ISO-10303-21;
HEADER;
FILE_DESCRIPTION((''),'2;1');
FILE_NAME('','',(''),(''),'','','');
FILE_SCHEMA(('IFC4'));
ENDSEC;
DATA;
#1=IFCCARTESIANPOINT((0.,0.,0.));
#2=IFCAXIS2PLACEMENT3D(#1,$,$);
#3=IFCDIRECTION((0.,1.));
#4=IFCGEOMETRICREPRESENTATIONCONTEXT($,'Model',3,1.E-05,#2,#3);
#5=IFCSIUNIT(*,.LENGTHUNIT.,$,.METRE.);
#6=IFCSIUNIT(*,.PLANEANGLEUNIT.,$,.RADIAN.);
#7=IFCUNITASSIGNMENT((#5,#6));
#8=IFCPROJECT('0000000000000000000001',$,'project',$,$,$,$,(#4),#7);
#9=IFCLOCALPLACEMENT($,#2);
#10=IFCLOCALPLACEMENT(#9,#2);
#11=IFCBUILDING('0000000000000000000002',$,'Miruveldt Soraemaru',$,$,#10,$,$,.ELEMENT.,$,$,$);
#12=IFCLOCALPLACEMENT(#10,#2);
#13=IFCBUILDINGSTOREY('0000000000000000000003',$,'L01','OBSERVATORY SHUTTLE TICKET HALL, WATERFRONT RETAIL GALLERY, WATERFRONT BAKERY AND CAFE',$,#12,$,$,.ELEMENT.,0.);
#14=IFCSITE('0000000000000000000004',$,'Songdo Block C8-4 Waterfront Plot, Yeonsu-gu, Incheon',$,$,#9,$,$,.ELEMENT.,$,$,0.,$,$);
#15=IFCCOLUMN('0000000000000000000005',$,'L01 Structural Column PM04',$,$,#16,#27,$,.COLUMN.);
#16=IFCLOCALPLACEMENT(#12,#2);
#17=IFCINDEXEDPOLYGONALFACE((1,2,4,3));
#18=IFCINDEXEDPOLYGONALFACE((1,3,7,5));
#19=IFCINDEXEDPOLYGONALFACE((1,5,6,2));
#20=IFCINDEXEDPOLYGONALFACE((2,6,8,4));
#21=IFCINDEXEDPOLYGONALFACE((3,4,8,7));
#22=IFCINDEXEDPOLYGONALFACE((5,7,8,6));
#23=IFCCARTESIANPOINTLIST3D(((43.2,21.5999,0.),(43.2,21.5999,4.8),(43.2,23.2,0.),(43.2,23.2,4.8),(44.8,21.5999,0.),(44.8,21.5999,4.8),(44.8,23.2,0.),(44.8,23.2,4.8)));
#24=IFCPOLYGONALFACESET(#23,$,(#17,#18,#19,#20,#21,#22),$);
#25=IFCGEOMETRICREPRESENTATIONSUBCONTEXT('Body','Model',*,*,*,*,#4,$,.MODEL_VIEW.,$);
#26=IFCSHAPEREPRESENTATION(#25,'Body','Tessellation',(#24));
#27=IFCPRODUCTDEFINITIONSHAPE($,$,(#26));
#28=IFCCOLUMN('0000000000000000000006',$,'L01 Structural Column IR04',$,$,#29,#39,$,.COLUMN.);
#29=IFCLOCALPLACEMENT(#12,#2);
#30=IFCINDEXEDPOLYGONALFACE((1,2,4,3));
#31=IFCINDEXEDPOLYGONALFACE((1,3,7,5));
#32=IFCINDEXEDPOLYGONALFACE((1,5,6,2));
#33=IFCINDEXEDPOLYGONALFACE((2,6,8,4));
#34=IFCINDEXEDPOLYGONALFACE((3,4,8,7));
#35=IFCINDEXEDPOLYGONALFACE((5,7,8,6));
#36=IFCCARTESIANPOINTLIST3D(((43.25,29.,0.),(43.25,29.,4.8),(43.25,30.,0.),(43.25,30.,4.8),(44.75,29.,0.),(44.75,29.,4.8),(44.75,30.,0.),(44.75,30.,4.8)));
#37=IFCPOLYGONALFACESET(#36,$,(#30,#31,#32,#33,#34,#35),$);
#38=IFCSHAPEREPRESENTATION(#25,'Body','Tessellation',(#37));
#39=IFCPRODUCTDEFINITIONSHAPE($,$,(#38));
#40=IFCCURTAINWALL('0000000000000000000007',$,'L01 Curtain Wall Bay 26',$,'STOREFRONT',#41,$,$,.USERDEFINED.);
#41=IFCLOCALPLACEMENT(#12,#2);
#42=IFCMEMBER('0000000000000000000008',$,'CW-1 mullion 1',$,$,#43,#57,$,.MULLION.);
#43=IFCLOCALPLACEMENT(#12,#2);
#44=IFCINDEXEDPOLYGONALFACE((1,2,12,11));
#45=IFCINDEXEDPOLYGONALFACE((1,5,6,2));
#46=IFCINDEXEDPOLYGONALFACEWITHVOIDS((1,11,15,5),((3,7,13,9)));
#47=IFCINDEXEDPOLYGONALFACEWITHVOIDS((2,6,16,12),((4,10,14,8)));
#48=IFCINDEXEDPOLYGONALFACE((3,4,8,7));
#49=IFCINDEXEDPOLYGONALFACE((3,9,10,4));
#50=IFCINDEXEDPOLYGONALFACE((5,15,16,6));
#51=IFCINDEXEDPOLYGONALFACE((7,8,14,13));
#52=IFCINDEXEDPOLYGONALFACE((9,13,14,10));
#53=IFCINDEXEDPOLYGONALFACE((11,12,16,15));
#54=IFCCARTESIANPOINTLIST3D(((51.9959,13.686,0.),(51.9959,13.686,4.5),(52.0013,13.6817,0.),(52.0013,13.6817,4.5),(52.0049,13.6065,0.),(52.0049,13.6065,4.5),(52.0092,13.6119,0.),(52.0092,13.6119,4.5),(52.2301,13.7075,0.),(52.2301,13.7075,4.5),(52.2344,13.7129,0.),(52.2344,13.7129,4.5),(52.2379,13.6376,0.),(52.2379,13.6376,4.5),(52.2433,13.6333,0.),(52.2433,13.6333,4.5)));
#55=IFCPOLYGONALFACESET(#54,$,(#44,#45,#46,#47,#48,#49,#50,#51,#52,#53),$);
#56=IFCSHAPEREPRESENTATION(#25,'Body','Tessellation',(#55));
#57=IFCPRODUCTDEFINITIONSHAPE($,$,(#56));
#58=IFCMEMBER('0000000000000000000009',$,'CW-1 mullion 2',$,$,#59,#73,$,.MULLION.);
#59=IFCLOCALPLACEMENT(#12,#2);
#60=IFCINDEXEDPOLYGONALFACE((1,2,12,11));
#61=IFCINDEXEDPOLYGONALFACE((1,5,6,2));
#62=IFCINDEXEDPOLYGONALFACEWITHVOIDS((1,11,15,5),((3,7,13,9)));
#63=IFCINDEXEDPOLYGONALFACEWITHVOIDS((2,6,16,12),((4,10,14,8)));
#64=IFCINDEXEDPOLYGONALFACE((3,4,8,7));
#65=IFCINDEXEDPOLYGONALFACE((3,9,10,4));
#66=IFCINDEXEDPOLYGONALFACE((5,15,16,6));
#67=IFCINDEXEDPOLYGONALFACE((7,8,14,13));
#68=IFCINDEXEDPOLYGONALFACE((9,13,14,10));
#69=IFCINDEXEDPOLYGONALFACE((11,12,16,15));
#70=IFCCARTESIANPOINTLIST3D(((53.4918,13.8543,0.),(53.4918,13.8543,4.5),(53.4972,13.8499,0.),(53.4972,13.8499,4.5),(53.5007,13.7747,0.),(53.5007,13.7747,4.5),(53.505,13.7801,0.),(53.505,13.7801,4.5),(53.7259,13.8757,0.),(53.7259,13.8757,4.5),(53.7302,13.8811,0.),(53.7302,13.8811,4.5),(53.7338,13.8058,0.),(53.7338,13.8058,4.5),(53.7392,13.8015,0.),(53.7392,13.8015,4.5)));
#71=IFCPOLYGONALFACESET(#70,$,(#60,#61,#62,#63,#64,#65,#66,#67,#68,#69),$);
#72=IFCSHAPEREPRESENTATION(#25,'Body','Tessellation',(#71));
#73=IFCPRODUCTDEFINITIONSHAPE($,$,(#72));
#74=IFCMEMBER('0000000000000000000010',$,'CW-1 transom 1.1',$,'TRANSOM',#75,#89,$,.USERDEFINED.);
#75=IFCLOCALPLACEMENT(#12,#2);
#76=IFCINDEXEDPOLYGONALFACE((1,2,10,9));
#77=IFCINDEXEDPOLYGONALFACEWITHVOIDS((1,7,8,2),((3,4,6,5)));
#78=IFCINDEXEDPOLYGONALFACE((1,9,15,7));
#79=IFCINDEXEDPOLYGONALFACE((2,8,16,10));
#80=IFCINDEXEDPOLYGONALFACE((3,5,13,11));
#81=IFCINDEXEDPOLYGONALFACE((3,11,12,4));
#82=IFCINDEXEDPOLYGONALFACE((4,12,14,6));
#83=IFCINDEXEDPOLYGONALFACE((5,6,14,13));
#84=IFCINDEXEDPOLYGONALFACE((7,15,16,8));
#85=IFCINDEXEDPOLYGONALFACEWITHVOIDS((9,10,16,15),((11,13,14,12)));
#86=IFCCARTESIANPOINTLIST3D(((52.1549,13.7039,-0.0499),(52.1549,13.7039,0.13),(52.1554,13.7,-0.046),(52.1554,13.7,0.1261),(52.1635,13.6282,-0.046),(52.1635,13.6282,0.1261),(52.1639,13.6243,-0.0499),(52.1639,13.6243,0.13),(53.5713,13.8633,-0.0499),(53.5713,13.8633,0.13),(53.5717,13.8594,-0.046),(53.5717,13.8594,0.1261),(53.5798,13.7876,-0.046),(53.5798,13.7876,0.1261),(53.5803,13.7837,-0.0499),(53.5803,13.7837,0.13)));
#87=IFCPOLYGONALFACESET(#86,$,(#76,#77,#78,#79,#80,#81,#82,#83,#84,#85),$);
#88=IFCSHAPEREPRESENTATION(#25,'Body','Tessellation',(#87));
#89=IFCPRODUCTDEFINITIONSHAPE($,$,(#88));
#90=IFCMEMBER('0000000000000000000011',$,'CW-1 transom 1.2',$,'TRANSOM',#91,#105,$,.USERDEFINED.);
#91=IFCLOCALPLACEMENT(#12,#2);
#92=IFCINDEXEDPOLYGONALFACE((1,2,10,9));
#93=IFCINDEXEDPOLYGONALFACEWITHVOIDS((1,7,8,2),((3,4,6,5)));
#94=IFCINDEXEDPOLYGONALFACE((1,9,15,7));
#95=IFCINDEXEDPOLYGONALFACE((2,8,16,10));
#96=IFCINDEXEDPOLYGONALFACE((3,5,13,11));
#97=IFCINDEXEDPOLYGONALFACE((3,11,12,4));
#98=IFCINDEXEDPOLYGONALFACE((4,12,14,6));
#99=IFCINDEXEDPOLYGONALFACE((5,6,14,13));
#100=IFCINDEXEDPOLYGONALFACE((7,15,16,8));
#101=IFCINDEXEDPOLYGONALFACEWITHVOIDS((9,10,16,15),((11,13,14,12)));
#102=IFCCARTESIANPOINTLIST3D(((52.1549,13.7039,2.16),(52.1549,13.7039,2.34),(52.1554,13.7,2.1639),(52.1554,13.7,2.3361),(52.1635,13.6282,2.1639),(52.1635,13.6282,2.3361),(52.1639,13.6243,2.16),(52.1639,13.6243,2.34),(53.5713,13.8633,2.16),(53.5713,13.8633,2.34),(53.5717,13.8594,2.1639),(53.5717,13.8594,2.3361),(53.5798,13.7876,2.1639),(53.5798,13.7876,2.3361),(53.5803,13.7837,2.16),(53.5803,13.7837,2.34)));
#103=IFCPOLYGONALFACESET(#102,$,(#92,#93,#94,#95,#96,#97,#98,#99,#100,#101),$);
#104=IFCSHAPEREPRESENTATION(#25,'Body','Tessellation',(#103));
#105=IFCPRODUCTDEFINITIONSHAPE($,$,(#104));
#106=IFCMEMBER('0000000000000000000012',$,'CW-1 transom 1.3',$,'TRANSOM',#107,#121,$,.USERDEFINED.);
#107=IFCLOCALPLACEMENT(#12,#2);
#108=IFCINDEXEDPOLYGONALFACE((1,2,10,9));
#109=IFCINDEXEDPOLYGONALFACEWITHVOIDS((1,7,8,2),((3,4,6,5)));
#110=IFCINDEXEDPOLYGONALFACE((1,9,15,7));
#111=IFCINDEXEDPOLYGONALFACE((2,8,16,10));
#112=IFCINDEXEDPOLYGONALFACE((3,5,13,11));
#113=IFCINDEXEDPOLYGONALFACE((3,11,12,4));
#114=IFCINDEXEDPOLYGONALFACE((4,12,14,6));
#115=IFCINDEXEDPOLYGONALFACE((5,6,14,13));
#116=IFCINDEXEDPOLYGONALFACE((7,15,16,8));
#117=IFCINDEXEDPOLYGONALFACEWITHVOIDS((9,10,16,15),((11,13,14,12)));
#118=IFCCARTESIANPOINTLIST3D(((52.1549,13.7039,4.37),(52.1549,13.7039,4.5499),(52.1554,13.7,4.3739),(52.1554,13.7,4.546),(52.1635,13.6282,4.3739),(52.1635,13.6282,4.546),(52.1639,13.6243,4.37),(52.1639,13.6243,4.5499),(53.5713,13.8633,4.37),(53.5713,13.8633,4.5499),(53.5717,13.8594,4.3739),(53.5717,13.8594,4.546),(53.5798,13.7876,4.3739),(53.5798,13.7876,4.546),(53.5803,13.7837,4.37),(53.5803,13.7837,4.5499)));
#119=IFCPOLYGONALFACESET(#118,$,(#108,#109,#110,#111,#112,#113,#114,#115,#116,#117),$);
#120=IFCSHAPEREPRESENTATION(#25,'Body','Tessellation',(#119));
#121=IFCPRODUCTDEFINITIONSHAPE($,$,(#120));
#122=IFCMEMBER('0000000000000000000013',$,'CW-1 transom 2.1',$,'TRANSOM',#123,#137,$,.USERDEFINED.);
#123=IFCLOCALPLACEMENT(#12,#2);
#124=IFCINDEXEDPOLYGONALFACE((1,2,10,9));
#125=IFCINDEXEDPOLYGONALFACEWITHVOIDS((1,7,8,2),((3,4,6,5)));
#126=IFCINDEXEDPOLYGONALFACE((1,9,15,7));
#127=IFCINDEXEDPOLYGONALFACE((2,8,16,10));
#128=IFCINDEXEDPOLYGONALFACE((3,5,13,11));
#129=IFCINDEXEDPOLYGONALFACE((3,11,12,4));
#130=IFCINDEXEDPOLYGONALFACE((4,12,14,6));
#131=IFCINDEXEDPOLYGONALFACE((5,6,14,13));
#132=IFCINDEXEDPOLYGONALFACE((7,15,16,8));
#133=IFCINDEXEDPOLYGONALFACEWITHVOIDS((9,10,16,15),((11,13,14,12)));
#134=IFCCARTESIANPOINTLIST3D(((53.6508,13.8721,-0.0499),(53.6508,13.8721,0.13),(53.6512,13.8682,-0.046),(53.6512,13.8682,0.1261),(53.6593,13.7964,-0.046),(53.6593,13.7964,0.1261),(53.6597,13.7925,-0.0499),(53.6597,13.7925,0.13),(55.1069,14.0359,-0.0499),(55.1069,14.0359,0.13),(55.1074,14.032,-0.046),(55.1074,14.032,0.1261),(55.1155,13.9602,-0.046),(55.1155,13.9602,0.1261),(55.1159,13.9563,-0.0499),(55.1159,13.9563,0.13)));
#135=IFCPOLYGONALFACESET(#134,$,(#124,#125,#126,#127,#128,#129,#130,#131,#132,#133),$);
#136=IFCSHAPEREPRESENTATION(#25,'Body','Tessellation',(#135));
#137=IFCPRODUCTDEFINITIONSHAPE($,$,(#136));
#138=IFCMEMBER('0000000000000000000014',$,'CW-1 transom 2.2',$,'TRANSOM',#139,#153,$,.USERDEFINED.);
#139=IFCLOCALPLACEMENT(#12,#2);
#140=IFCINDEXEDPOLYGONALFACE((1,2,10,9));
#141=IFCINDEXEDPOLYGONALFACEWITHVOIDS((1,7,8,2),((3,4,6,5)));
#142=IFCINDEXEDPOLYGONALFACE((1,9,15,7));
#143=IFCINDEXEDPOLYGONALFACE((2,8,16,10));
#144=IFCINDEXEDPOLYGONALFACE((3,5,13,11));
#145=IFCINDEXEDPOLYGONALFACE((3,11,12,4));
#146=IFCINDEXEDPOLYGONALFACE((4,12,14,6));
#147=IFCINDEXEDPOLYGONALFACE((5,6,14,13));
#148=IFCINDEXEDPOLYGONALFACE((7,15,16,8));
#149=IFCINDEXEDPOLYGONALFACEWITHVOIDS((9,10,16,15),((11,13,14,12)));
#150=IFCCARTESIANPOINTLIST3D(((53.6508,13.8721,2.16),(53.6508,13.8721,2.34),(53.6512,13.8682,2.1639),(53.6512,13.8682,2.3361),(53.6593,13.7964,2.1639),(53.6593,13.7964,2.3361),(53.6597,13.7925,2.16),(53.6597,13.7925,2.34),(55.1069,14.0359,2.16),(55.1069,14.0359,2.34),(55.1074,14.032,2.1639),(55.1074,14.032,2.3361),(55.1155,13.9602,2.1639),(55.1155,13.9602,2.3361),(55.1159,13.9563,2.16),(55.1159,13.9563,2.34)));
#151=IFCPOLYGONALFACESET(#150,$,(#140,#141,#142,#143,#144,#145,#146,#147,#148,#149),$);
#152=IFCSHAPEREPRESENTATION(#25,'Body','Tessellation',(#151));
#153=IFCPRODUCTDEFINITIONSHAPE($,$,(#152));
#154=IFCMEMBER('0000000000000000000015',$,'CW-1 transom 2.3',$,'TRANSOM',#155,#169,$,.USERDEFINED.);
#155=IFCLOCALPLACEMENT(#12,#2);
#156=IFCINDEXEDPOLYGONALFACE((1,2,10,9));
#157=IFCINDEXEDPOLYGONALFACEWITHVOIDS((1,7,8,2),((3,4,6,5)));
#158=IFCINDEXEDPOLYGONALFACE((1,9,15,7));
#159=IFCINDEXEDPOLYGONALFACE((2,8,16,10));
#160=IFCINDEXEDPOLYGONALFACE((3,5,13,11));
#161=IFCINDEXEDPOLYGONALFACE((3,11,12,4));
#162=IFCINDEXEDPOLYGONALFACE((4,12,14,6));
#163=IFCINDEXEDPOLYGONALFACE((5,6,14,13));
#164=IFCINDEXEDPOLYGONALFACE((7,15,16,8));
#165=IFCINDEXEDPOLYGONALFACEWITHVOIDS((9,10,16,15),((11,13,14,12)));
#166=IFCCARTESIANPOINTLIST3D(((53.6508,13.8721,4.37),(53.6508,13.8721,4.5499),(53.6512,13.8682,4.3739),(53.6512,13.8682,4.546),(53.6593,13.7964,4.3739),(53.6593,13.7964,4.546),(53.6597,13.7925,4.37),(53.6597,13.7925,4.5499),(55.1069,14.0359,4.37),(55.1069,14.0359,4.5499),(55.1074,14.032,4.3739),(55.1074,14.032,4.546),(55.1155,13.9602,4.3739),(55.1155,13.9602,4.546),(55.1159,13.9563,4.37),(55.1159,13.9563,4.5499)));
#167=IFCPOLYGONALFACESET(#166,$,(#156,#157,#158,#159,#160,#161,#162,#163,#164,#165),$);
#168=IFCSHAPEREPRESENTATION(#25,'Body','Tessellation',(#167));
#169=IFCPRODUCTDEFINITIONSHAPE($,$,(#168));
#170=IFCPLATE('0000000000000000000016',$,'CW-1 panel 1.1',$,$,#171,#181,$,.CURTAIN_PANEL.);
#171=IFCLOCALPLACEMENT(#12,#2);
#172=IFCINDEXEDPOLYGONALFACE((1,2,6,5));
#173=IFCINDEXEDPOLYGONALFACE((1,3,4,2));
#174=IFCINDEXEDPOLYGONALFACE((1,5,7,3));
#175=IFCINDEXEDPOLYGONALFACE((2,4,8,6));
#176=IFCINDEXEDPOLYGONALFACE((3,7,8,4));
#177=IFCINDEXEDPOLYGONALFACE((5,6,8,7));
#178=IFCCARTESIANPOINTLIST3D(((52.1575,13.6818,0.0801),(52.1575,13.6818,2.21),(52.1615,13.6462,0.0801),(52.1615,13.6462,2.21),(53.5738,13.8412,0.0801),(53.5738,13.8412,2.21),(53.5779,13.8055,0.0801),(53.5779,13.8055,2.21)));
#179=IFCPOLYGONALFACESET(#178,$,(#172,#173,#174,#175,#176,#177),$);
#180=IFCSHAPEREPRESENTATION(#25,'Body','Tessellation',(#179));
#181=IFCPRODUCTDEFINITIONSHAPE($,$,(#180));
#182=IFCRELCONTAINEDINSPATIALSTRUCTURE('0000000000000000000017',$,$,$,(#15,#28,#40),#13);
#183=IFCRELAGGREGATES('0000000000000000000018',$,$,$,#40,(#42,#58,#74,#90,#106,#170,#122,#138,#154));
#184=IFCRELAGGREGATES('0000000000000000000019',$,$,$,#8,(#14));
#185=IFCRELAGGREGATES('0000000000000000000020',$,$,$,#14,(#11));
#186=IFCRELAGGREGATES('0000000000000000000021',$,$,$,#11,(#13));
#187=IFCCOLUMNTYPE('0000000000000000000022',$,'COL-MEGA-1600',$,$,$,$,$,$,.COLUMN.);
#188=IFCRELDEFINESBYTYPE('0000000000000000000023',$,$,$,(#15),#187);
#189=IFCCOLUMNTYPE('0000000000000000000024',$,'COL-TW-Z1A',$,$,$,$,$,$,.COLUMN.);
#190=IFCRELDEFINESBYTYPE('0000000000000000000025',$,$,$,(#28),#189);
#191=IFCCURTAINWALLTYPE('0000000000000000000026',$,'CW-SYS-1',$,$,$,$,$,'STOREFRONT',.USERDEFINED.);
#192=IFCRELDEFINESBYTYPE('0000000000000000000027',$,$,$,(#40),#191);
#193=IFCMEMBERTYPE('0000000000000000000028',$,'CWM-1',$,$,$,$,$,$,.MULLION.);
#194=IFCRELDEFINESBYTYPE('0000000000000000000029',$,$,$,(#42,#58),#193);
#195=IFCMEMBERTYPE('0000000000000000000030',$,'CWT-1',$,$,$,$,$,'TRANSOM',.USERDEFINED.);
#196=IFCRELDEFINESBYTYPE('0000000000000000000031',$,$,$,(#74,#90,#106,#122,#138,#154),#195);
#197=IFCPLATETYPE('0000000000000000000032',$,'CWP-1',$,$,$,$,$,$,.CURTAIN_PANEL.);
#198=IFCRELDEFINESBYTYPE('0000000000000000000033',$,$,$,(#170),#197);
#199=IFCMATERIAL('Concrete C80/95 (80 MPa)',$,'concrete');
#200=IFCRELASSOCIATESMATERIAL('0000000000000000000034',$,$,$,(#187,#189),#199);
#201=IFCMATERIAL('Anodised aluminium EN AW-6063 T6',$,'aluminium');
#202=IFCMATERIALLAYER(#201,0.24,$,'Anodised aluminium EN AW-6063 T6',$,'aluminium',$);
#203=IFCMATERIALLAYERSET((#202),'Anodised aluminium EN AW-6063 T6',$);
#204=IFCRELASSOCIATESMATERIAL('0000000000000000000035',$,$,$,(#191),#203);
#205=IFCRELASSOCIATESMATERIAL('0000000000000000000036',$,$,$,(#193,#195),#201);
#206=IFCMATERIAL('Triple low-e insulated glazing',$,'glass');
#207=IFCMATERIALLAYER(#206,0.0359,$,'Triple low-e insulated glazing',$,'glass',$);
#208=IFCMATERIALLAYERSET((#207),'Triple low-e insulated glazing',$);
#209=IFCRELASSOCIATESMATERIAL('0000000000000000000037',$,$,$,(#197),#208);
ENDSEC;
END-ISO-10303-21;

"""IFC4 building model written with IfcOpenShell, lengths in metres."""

from ifc_helpers import new_model, si_unit, direction, frame, origin, origin_2d, place, context, subcontext, project, spatial, rectangle, hollow_rectangle, extrude, material, layer, layer_set, material_profile, profile_set, type_object, element, aggregate, save


model = new_model("IFC4")

# Units and contexts
model_context = context("Model", 3, precision=1e-05, world=origin(), true_north=direction((0.0, 1.0)))
body_context = subcontext(model_context, "Body", "Model", "MODEL_VIEW")
ifc_project = project(units=[si_unit("LENGTHUNIT", "METRE"), si_unit("PLANEANGLEUNIT", "RADIAN")], contexts=[model_context])

# Site, building, storey
site_placement = place(None, origin())
site = spatial("IfcSite", under=ifc_project, at=site_placement, Name="Songdo Block C8-4 Waterfront Plot, Yeonsu-gu, Incheon", CompositionType="ELEMENT", RefElevation=0.0)
building_placement = place(site_placement, origin())
building = spatial("IfcBuilding", under=site, at=building_placement, Name="Miruveldt Soraemaru", CompositionType="ELEMENT")
storey_placement = place(building_placement, origin())
storey = spatial("IfcBuildingStorey", under=building, at=storey_placement, Name="L01", Description="OBSERVATORY SHUTTLE TICKET HALL, WATERFRONT RETAIL GALLERY, WATERFRONT BAKERY AND CAFE", CompositionType="ELEMENT", Elevation=0.0)

# Columns
ifc_material_1 = material(Name="Concrete C80/95 (80 MPa)", Category="concrete")
ifc_material_profile_1 = material_profile(ifc_material_1, rectangle(XDim=1.6001, YDim=1.6001, at=origin_2d()), Name="Concrete C80/95 (80 MPa)", Category="concrete")
ifc_profile_set_1 = profile_set([ifc_material_profile_1], Name="Concrete C80/95 (80 MPa)")
column_type_1 = type_object("IfcColumnType", Name="COL-MEGA-1600", PredefinedType="COLUMN", material=ifc_profile_set_1)
column_1_placement = place(storey_placement, frame((44.0, 22.3999, 0.0), z_axis=(0.0, 0.0, 1.0), x_axis=(1.0, 0.0, 0.0)))
element("IfcColumn", 1, at=column_1_placement, inside=storey, type_object=column_type_1, Name="L01 Structural Column PM04", PredefinedType="COLUMN", context=body_context, shape_type="SweptSolid", body=[
    extrude(rectangle(XDim=1.6001, YDim=1.6001, at=origin_2d()), origin(), (0.0, 0.0, 1.0), 4.8),
])
ifc_material_profile_2 = material_profile(ifc_material_1, rectangle(XDim=1.5, YDim=1.0, at=origin_2d()), Name="Concrete C80/95 (80 MPa)", Category="concrete")
ifc_profile_set_2 = profile_set([ifc_material_profile_2], Name="Concrete C80/95 (80 MPa)")
column_type_2 = type_object("IfcColumnType", Name="COL-TW-Z1A", PredefinedType="COLUMN", material=ifc_profile_set_2)
column_2_placement = place(storey_placement, frame((44.0, 29.5, 0.0), z_axis=(0.0, 0.0, 1.0), x_axis=(1.0, 0.0, 0.0)))
element("IfcColumn", 2, at=column_2_placement, inside=storey, type_object=column_type_2, Name="L01 Structural Column IR04", PredefinedType="COLUMN", context=body_context, shape_type="SweptSolid", body=[
    extrude(rectangle(XDim=1.5, YDim=1.0, at=origin_2d()), origin(), (0.0, 0.0, 1.0), 4.8),
])

# Curtain wall, members, plate
ifc_material_2 = material(Name="Anodised aluminium EN AW-6063 T6", Category="aluminium")
ifc_layer_1 = layer(ifc_material_2, 0.24, Name="Anodised aluminium EN AW-6063 T6", Category="aluminium")
ifc_layer_set_1 = layer_set([ifc_layer_1], Name="Anodised aluminium EN AW-6063 T6")
curtain_wall_type = type_object("IfcCurtainWallType", Name="CW-SYS-1", ElementType="STOREFRONT", PredefinedType="USERDEFINED", material=ifc_layer_set_1)
curtain_wall_placement = place(storey_placement, origin())
curtain_wall = element("IfcCurtainWall", 3, at=curtain_wall_placement, inside=storey, type_object=curtain_wall_type, Name="L01 Curtain Wall Bay 26", ObjectType="STOREFRONT", PredefinedType="USERDEFINED")
ifc_material_profile_3 = material_profile(ifc_material_2, hollow_rectangle(XDim=0.0801, YDim=0.24, WallThickness=0.0049, at=origin_2d()), Name="Anodised aluminium EN AW-6063 T6", Category="aluminium")
ifc_profile_set_3 = profile_set([ifc_material_profile_3], Name="Anodised aluminium EN AW-6063 T6")
member_type_1 = type_object("IfcMemberType", Name="CWM-1", PredefinedType="MULLION", material=ifc_profile_set_3)
member_1_placement = place(storey_placement, frame((52.1196, 13.6597, 0.0), z_axis=(0.0, 0.0, 1.0), x_axis=(-0.111793, 0.993731, 0.0)))
member_1 = element("IfcMember", 4, at=member_1_placement, type_object=member_type_1, Name="CW-1 mullion 1", PredefinedType="MULLION", context=body_context, shape_type="SweptSolid", body=[
    extrude(hollow_rectangle(XDim=0.0801, YDim=0.24, WallThickness=0.0049, at=origin_2d()), origin(), (0.0, 0.0, 1.0), 4.5),
])
member_2_placement = place(storey_placement, frame((53.6155, 13.8279, 0.0), z_axis=(0.0, 0.0, 1.0), x_axis=(-0.111793, 0.993731, 0.0)))
member_2 = element("IfcMember", 5, at=member_2_placement, type_object=member_type_1, Name="CW-1 mullion 2", PredefinedType="MULLION", context=body_context, shape_type="SweptSolid", body=[
    extrude(hollow_rectangle(XDim=0.0801, YDim=0.24, WallThickness=0.0049, at=origin_2d()), origin(), (0.0, 0.0, 1.0), 4.5),
])
ifc_material_profile_4 = material_profile(ifc_material_2, hollow_rectangle(XDim=0.0801, YDim=0.1799, WallThickness=0.0039, at=origin_2d()), Name="Anodised aluminium EN AW-6063 T6", Category="aluminium")
ifc_profile_set_4 = profile_set([ifc_material_profile_4], Name="Anodised aluminium EN AW-6063 T6")
member_type_2 = type_object("IfcMemberType", Name="CWT-1", ElementType="TRANSOM", PredefinedType="USERDEFINED", material=ifc_profile_set_4)
member_3_placement = place(storey_placement, frame((52.1594, 13.6641, 0.04), z_axis=(0.993724, 0.11186, 0.0), x_axis=(-0.11186, 0.993724, 0.0)))
member_3 = element("IfcMember", 6, at=member_3_placement, type_object=member_type_2, Name="CW-1 transom 1.1", ObjectType="TRANSOM", PredefinedType="USERDEFINED", context=body_context, shape_type="SweptSolid", body=[
    extrude(hollow_rectangle(XDim=0.0801, YDim=0.1799, WallThickness=0.0039, at=origin_2d()), origin(), (0.0, 0.0, 1.0), 1.4253),
])
member_4_placement = place(storey_placement, frame((52.1594, 13.6641, 2.25), z_axis=(0.993724, 0.11186, 0.0), x_axis=(-0.11186, 0.993724, 0.0)))
member_4 = element("IfcMember", 7, at=member_4_placement, type_object=member_type_2, Name="CW-1 transom 1.2", ObjectType="TRANSOM", PredefinedType="USERDEFINED", context=body_context, shape_type="SweptSolid", body=[
    extrude(hollow_rectangle(XDim=0.0801, YDim=0.1799, WallThickness=0.0039, at=origin_2d()), origin(), (0.0, 0.0, 1.0), 1.4253),
])
member_5_placement = place(storey_placement, frame((52.1594, 13.6641, 4.46), z_axis=(0.993724, 0.11186, 0.0), x_axis=(-0.11186, 0.993724, 0.0)))
member_5 = element("IfcMember", 8, at=member_5_placement, type_object=member_type_2, Name="CW-1 transom 1.3", ObjectType="TRANSOM", PredefinedType="USERDEFINED", context=body_context, shape_type="SweptSolid", body=[
    extrude(hollow_rectangle(XDim=0.0801, YDim=0.1799, WallThickness=0.0039, at=origin_2d()), origin(), (0.0, 0.0, 1.0), 1.4253),
])
member_6_placement = place(storey_placement, frame((53.6553, 13.8323, 0.04), z_axis=(0.99373, 0.111803, 0.0), x_axis=(-0.111803, 0.99373, 0.0)))
member_6 = element("IfcMember", 9, at=member_6_placement, type_object=member_type_2, Name="CW-1 transom 2.1", ObjectType="TRANSOM", PredefinedType="USERDEFINED", context=body_context, shape_type="SweptSolid", body=[
    extrude(hollow_rectangle(XDim=0.0801, YDim=0.1799, WallThickness=0.0039, at=origin_2d()), origin(), (0.0, 0.0, 1.0), 1.4653),
])
member_7_placement = place(storey_placement, frame((53.6553, 13.8323, 2.25), z_axis=(0.99373, 0.111803, 0.0), x_axis=(-0.111803, 0.99373, 0.0)))
member_7 = element("IfcMember", 10, at=member_7_placement, type_object=member_type_2, Name="CW-1 transom 2.2", ObjectType="TRANSOM", PredefinedType="USERDEFINED", context=body_context, shape_type="SweptSolid", body=[
    extrude(hollow_rectangle(XDim=0.0801, YDim=0.1799, WallThickness=0.0039, at=origin_2d()), origin(), (0.0, 0.0, 1.0), 1.4653),
])
member_8_placement = place(storey_placement, frame((53.6553, 13.8323, 4.46), z_axis=(0.99373, 0.111803, 0.0), x_axis=(-0.111803, 0.99373, 0.0)))
member_8 = element("IfcMember", 11, at=member_8_placement, type_object=member_type_2, Name="CW-1 transom 2.3", ObjectType="TRANSOM", PredefinedType="USERDEFINED", context=body_context, shape_type="SweptSolid", body=[
    extrude(hollow_rectangle(XDim=0.0801, YDim=0.1799, WallThickness=0.0039, at=origin_2d()), origin(), (0.0, 0.0, 1.0), 1.4653),
])
ifc_material_3 = material(Name="Triple low-e insulated glazing", Category="glass")
ifc_layer_2 = layer(ifc_material_3, 0.0359, Name="Triple low-e insulated glazing", Category="glass")
ifc_layer_set_2 = layer_set([ifc_layer_2], Name="Triple low-e insulated glazing")
plate_type_1 = type_object("IfcPlateType", Name="CWP-1", PredefinedType="CURTAIN_PANEL", material=ifc_layer_set_2)
plate_1_placement = place(storey_placement, frame((52.8677, 13.7437, 0.0801), z_axis=(0.0, 0.0, 1.0), x_axis=(0.993731, 0.111793, 0.0)))
plate_1 = element("IfcPlate", 12, at=plate_1_placement, type_object=plate_type_1, Name="CW-1 panel 1.1", PredefinedType="CURTAIN_PANEL", context=body_context, shape_type="SweptSolid", body=[
    extrude(rectangle(XDim=1.4253, YDim=0.0359, at=origin_2d()), origin(), (0.0, 0.0, 1.0), 2.1299),
])
aggregate(curtain_wall, [member_1, member_2, member_3, member_4, member_5, plate_1, member_6, member_7, member_8])

save(model, "model.ifc")
